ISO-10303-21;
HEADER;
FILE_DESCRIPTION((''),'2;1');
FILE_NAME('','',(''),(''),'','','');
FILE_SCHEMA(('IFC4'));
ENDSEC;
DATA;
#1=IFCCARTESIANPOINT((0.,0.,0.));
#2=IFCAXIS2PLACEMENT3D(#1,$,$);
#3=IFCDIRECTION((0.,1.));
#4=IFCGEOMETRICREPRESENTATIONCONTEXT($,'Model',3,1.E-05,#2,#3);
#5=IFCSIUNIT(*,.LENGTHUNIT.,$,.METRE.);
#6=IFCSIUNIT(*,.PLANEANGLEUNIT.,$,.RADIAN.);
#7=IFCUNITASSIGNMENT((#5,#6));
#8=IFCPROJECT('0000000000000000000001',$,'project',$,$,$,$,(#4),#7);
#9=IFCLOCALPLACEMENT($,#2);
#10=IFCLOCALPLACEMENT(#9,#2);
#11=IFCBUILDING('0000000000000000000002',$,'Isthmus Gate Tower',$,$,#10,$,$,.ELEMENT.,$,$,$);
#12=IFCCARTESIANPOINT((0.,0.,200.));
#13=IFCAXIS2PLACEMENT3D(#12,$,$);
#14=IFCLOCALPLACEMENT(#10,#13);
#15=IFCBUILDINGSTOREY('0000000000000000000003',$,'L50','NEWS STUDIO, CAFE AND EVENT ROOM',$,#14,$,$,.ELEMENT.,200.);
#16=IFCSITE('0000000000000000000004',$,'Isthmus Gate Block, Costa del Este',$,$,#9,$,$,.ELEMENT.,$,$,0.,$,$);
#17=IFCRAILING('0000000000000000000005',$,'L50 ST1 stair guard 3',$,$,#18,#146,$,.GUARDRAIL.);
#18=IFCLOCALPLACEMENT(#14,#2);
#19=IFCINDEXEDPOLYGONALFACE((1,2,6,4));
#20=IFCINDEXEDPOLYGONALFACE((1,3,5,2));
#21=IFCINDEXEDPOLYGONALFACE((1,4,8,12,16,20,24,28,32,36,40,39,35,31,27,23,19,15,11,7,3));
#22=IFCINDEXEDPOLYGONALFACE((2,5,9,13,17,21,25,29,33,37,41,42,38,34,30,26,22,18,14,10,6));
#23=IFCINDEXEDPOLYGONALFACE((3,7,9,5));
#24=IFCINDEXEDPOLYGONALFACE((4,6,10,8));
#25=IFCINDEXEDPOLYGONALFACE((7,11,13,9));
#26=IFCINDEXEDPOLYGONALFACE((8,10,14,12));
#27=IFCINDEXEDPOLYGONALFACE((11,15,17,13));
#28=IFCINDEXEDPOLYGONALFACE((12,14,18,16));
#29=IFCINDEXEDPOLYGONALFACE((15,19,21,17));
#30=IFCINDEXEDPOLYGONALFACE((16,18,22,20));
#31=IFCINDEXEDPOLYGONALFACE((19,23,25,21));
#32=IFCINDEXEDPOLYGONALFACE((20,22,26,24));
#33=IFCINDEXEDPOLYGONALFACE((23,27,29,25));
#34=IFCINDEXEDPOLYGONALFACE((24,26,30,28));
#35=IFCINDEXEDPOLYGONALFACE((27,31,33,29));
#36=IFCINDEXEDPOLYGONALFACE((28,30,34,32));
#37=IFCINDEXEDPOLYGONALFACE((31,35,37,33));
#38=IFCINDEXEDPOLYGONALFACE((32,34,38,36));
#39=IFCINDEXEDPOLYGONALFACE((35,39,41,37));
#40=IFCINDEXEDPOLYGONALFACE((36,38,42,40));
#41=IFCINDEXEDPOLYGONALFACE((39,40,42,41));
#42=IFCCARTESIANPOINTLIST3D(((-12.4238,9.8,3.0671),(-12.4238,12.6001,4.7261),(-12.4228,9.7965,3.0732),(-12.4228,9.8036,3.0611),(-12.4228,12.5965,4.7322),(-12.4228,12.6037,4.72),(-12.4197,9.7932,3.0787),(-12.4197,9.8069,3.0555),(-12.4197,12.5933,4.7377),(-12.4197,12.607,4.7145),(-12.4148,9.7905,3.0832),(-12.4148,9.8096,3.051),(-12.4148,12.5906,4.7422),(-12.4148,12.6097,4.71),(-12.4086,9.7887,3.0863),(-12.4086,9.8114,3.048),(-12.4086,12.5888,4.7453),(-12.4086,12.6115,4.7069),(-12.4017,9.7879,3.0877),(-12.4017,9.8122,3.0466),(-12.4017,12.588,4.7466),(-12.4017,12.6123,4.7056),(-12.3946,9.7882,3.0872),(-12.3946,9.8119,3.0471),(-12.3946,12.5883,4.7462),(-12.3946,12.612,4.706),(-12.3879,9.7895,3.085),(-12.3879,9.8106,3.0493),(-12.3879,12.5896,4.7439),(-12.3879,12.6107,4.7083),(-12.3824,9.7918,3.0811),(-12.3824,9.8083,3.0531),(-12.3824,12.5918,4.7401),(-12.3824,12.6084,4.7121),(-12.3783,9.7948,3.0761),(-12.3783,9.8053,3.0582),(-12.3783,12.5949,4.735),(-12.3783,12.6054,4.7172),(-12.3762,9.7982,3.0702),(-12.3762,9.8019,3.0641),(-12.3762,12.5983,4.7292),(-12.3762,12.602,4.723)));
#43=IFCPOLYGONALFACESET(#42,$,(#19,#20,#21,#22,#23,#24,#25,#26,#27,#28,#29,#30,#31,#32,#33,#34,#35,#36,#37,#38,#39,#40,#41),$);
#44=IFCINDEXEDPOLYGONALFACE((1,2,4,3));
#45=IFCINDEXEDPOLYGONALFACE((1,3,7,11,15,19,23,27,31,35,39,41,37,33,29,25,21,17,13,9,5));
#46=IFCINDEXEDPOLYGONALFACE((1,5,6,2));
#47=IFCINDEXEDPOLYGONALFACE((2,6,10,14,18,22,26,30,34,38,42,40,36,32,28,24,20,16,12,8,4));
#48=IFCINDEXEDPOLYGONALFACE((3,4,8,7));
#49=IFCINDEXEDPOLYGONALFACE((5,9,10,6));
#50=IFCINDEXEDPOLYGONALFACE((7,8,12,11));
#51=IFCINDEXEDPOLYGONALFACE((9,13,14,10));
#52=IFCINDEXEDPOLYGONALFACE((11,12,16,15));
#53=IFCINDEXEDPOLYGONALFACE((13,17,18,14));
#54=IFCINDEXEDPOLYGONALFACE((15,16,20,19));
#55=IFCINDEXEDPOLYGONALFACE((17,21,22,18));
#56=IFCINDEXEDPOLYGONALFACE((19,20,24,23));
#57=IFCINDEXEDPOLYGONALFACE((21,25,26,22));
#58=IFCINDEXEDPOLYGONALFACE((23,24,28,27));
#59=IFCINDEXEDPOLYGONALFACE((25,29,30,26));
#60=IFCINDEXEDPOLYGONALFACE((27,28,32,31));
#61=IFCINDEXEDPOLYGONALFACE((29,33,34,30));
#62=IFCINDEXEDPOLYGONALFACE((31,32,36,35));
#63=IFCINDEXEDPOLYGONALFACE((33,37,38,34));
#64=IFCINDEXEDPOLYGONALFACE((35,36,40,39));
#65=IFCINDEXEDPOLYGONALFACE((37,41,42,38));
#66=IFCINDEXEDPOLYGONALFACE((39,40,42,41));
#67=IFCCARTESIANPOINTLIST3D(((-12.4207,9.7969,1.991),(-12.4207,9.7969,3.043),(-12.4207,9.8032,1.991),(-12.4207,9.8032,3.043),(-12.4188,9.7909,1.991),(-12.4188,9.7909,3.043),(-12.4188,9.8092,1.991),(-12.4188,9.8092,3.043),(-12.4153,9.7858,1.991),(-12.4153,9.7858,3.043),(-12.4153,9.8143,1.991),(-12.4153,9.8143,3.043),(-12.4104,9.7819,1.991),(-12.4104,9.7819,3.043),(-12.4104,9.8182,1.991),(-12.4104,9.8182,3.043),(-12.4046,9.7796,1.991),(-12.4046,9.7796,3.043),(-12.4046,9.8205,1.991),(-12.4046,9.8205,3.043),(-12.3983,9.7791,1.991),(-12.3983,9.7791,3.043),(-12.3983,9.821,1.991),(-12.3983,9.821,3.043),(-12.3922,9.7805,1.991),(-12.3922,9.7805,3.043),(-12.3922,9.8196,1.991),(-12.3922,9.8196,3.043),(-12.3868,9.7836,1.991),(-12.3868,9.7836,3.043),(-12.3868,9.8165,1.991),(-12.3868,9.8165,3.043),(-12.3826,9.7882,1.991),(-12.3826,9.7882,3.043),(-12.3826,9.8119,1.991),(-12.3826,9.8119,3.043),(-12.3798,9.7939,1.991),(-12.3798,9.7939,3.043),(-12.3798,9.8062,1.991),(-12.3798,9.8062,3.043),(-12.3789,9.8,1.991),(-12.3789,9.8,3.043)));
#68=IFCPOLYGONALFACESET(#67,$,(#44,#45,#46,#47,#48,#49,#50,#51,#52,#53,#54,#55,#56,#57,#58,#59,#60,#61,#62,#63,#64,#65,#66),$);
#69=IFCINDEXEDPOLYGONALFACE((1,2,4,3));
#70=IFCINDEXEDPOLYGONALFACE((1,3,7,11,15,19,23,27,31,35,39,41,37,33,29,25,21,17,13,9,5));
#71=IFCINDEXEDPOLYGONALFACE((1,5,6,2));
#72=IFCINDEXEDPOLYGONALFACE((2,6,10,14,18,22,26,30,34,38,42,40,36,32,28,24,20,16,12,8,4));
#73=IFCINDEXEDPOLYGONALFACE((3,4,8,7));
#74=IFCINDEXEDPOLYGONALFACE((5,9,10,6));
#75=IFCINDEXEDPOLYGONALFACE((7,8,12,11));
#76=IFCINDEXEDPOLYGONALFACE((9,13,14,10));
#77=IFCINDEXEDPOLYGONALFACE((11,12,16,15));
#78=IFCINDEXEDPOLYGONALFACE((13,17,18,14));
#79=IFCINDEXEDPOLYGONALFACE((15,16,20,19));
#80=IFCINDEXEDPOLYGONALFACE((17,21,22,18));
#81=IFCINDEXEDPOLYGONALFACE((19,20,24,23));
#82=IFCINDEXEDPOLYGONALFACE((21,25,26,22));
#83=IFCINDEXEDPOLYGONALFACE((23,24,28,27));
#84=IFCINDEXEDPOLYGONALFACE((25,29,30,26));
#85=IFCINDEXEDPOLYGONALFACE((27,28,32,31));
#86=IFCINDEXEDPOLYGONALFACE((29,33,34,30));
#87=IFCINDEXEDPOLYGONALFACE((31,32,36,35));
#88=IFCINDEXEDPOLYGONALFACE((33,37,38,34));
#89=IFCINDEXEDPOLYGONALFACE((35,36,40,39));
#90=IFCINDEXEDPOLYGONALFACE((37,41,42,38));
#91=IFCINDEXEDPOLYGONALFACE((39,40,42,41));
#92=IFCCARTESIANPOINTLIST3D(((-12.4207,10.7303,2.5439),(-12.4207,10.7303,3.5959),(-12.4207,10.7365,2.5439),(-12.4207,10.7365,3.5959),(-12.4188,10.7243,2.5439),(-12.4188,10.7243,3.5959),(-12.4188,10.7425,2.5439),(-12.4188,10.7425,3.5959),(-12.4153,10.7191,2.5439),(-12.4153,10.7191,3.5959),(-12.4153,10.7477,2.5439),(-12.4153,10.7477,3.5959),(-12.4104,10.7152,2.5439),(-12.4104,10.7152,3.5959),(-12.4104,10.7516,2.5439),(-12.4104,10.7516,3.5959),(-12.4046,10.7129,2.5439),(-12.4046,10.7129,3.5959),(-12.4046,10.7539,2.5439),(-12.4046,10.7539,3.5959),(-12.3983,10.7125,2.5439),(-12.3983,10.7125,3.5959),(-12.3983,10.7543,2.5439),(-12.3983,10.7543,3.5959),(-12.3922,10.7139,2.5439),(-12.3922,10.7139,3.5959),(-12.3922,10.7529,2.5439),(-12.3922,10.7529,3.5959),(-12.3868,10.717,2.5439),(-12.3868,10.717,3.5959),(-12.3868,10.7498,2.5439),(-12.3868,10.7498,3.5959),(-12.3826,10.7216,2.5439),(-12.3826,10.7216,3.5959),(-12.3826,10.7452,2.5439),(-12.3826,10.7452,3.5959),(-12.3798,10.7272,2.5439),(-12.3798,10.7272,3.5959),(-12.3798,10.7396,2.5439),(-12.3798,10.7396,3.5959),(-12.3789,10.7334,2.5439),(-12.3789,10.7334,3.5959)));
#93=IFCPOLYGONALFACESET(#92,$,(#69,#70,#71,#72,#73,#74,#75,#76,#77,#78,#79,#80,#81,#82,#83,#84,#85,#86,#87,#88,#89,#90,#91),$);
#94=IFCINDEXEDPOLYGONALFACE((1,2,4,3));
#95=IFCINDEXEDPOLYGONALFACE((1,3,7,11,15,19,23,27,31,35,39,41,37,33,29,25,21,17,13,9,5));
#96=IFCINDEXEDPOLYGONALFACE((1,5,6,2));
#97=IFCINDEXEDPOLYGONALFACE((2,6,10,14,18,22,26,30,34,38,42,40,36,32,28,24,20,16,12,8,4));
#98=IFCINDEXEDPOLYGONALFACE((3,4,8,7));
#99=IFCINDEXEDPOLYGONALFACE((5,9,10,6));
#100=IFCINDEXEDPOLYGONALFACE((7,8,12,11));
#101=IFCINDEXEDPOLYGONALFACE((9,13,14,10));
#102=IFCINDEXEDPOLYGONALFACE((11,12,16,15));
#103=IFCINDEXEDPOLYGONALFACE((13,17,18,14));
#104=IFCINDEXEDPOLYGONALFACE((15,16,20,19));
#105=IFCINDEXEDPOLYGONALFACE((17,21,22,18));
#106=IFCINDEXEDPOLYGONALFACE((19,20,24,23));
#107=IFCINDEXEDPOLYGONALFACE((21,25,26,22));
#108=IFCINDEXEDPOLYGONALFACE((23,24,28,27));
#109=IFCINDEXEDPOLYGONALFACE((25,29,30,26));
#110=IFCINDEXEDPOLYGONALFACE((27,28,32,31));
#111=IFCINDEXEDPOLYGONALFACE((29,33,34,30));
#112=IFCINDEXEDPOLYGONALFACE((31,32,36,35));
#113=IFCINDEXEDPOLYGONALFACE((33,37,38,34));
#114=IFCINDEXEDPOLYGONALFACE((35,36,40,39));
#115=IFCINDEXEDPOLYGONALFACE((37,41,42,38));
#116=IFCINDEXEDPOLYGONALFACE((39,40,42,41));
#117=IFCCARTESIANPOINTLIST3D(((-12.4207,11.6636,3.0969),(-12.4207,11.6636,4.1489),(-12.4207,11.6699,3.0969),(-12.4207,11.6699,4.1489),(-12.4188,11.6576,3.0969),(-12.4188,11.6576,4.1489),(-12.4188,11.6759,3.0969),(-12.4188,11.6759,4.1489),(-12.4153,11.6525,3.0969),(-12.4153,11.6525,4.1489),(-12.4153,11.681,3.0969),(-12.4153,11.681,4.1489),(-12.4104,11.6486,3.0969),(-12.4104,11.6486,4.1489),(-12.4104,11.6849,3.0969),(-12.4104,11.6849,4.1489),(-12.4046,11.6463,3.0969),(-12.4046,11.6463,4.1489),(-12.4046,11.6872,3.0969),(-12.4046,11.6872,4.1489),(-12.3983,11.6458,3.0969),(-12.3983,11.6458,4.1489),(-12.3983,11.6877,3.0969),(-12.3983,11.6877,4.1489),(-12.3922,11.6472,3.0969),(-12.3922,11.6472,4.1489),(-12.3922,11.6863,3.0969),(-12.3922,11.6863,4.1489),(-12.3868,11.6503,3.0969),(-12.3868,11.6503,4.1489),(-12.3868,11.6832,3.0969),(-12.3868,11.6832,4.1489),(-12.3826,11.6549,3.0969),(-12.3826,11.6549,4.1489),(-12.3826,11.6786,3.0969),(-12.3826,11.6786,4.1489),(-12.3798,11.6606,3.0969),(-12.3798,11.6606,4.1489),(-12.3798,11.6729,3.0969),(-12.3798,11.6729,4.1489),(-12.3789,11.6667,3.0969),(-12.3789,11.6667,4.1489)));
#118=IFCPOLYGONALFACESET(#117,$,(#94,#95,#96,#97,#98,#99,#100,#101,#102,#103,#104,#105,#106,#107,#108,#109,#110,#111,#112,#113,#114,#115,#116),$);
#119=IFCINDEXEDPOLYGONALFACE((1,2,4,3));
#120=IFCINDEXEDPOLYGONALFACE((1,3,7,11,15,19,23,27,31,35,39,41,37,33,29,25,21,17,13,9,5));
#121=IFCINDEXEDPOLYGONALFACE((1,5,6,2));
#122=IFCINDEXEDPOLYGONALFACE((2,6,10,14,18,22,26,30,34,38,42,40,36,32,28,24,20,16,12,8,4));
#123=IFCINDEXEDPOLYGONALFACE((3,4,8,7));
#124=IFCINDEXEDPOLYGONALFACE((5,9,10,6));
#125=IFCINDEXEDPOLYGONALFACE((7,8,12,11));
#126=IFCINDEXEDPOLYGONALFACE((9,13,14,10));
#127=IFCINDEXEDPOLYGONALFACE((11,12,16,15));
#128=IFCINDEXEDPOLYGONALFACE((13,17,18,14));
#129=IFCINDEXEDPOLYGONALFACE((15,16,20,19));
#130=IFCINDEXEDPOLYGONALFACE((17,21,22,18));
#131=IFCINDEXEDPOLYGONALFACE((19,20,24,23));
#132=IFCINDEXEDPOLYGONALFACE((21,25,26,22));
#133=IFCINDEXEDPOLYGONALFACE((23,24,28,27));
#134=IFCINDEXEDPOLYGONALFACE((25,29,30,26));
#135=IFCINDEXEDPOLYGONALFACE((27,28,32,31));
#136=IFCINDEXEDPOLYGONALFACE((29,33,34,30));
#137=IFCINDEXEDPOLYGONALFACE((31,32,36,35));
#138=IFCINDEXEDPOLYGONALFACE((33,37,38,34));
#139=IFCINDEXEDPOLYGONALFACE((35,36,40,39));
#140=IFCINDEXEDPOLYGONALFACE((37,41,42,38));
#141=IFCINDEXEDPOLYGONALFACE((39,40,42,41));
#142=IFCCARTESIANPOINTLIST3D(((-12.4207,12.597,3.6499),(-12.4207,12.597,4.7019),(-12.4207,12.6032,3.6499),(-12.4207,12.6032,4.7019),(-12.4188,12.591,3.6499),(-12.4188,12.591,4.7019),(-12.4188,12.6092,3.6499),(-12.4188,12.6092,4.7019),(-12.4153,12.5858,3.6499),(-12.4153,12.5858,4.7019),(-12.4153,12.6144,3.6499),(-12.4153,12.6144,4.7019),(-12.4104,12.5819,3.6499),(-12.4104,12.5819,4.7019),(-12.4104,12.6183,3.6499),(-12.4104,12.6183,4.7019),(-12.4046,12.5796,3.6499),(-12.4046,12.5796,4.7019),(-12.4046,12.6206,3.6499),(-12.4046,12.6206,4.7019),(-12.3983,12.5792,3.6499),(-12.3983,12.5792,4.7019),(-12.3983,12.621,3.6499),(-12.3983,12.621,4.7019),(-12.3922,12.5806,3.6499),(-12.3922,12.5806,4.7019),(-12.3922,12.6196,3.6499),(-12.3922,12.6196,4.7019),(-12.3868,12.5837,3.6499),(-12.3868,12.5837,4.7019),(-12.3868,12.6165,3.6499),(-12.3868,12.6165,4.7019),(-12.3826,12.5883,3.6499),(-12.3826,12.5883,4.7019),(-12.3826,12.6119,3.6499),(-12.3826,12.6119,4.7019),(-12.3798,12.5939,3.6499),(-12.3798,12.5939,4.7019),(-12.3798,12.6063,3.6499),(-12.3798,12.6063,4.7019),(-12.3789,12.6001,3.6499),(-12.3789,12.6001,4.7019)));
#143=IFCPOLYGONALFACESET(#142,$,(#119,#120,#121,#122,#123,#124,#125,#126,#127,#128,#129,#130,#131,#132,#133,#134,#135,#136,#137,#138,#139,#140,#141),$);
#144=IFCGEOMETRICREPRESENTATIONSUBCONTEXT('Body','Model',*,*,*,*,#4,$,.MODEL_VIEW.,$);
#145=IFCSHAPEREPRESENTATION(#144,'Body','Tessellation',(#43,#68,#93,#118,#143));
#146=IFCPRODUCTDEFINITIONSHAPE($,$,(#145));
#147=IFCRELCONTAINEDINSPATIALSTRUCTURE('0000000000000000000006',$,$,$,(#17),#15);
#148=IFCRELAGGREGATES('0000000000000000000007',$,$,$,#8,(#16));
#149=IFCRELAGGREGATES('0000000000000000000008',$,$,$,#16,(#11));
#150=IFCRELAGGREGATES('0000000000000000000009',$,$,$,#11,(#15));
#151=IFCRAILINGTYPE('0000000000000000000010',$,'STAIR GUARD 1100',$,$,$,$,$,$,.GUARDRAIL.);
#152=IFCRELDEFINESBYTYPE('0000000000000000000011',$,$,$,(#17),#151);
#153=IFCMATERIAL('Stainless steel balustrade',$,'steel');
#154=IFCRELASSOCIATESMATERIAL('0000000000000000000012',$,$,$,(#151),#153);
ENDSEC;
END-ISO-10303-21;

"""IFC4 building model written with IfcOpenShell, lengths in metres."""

from ifc_helpers import new_model, si_unit, direction, frame, origin, origin_2d, place, context, subcontext, project, spatial, circle, extrude, material, type_object, element, save


model = new_model("IFC4")

# Units and contexts
model_context = context("Model", 3, precision=1e-05, world=origin(), true_north=direction((0.0, 1.0)))
body_context = subcontext(model_context, "Body", "Model", "MODEL_VIEW")
ifc_project = project(units=[si_unit("LENGTHUNIT", "METRE"), si_unit("PLANEANGLEUNIT", "RADIAN")], contexts=[model_context])

# Site, building, storey
site_placement = place(None, origin())
site = spatial("IfcSite", under=ifc_project, at=site_placement, Name="Isthmus Gate Block, Costa del Este", CompositionType="ELEMENT", RefElevation=0.0)
building_placement = place(site_placement, origin())
building = spatial("IfcBuilding", under=site, at=building_placement, Name="Isthmus Gate Tower", CompositionType="ELEMENT")
storey_placement = place(building_placement, frame((0.0, 0.0, 200.0)))
storey = spatial("IfcBuildingStorey", under=building, at=storey_placement, Name="L50", Description="NEWS STUDIO, CAFE AND EVENT ROOM", CompositionType="ELEMENT", Elevation=200.0)

# Railing
ifc_material_1 = material(Name="Stainless steel balustrade", Category="steel")
railing_type_1 = type_object("IfcRailingType", Name="STAIR GUARD 1100", PredefinedType="GUARDRAIL", material=ifc_material_1)
railing_1_placement = place(storey_placement, frame((-12.3999, 9.8, 1.991)))
element("IfcRailing", 1, at=railing_1_placement, inside=storey, type_object=railing_type_1, Name="L50 ST1 stair guard 3", PredefinedType="GUARDRAIL", context=body_context, shape_type="SweptSolid", body=[
    extrude(circle(Radius=0.0239, at=origin_2d()), frame((0.0, 0.0, 1.0762), z_axis=(0.0, 0.860339, 0.509722), x_axis=(-1.0, 0.0, 0.0)), (0.0, 0.0, 1.0), 3.2546),
    extrude(circle(Radius=0.021, at=origin_2d()), origin(), (0.0, 0.0, 1.0), 1.052),
    extrude(circle(Radius=0.021, at=origin_2d()), frame((0.0, 0.9333, 0.553)), (0.0, 0.0, 1.0), 1.052),
    extrude(circle(Radius=0.021, at=origin_2d()), frame((0.0, 1.8667, 1.106)), (0.0, 0.0, 1.0), 1.052),
    extrude(circle(Radius=0.021, at=origin_2d()), frame((0.0, 2.8, 1.6589)), (0.0, 0.0, 1.0), 1.052),
])

save(model, "model.ifc")
